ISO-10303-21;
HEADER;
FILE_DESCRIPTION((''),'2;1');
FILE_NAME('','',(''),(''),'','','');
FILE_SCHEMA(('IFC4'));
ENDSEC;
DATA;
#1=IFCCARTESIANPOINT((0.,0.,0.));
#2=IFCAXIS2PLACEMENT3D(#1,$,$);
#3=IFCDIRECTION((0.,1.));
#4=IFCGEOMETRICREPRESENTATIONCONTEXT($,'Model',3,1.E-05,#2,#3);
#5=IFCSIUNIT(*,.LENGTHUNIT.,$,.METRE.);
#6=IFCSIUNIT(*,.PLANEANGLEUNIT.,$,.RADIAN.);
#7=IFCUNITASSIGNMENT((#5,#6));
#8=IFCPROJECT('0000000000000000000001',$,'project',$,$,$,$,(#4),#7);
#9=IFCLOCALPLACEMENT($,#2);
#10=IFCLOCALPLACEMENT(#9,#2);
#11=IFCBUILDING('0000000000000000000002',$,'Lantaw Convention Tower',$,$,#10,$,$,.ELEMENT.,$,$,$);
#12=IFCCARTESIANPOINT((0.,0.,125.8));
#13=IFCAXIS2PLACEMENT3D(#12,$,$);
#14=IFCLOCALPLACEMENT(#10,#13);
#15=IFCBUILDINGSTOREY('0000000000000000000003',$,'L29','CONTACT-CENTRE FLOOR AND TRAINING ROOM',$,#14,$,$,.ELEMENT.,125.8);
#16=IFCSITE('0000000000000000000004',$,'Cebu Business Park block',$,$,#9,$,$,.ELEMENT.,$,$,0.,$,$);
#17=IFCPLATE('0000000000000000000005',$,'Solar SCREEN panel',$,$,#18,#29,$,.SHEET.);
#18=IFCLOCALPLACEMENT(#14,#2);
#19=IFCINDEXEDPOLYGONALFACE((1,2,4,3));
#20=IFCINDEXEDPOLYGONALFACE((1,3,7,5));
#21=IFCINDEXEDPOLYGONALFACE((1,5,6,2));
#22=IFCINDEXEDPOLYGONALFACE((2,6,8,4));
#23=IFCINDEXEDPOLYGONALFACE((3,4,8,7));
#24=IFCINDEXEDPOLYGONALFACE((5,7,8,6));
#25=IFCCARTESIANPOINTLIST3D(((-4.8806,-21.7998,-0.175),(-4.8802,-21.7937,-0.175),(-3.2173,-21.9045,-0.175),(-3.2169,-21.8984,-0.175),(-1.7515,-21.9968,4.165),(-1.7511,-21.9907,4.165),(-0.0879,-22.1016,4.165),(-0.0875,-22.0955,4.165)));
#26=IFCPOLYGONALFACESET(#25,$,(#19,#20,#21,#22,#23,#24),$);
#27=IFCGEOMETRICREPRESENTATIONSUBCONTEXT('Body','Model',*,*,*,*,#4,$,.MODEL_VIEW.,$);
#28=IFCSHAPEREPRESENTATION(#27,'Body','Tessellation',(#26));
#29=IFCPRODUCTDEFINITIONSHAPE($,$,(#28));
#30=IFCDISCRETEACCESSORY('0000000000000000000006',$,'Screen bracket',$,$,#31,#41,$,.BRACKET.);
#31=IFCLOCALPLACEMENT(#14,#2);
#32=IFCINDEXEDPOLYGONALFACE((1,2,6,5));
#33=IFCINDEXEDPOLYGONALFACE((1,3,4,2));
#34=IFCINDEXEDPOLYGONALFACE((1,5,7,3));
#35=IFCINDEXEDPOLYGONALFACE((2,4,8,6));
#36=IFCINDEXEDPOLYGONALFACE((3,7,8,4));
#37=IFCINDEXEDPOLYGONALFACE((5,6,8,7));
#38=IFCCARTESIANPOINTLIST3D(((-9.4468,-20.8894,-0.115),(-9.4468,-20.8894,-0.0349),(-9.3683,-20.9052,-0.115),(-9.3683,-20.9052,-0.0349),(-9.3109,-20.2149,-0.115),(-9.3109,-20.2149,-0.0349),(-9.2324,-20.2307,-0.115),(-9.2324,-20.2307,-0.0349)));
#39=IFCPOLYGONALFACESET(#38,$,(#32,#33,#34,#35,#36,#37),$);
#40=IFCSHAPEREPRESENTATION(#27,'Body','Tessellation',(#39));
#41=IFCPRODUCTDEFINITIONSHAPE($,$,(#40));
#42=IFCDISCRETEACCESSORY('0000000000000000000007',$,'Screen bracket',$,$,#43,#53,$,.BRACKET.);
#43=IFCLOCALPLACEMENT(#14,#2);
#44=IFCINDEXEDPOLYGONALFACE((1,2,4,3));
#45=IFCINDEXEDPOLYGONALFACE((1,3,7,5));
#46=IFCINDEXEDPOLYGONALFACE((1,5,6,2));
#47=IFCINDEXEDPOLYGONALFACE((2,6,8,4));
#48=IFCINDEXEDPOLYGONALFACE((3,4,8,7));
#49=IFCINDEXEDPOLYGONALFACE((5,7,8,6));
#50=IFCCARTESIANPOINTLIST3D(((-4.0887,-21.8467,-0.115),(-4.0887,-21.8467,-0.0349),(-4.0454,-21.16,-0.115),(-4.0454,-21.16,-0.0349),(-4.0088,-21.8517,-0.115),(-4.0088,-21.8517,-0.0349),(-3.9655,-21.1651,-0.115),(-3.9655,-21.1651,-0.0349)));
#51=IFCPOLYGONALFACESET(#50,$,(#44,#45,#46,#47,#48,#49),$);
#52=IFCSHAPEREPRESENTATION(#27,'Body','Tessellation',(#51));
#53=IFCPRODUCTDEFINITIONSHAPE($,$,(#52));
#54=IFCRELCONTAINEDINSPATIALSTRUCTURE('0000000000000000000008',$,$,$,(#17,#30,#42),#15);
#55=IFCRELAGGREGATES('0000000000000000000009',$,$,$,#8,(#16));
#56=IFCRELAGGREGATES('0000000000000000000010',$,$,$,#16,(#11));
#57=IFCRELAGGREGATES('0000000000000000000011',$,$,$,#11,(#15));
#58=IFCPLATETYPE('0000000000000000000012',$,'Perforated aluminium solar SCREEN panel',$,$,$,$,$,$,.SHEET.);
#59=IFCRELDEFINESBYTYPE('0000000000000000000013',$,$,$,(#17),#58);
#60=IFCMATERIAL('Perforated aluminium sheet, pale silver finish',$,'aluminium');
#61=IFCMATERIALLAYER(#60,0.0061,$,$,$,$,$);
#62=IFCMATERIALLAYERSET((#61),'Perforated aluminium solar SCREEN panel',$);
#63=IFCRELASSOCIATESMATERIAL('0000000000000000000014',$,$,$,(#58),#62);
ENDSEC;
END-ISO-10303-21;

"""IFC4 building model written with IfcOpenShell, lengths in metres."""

from ifc_helpers import new_model, si_unit, direction, frame, origin, origin_2d, place, context, subcontext, project, spatial, polyline, rectangle, outline, extrude, material, layer, layer_set, type_object, element, save


model = new_model("IFC4")

# Units and contexts
model_context = context("Model", 3, precision=1e-05, world=origin(), true_north=direction((0.0, 1.0)))
body_context = subcontext(model_context, "Body", "Model", "MODEL_VIEW")
ifc_project = project(units=[si_unit("LENGTHUNIT", "METRE"), si_unit("PLANEANGLEUNIT", "RADIAN")], contexts=[model_context])

# Site, building, storey
site_placement = place(None, origin())
site = spatial("IfcSite", under=ifc_project, at=site_placement, Name="Cebu Business Park block", CompositionType="ELEMENT", RefElevation=0.0)
building_placement = place(site_placement, origin())
building = spatial("IfcBuilding", under=site, at=building_placement, Name="Lantaw Convention Tower", CompositionType="ELEMENT")
storey_placement = place(building_placement, frame((0.0, 0.0, 125.8)))
storey = spatial("IfcBuildingStorey", under=building, at=storey_placement, Name="L29", Description="CONTACT-CENTRE FLOOR AND TRAINING ROOM", CompositionType="ELEMENT", Elevation=125.8)

# Plate
ifc_material_1 = material(Name="Perforated aluminium sheet, pale silver finish", Category="aluminium")
ifc_layer_1 = layer(ifc_material_1, 0.0061)
ifc_layer_set_1 = layer_set([ifc_layer_1], Name="Perforated aluminium solar SCREEN panel")
plate_type_1 = type_object("IfcPlateType", Name="Perforated aluminium solar SCREEN panel", PredefinedType="SHEET", material=ifc_layer_set_1)
plate_1_placement = place(storey_placement, frame((-4.8806, -21.7998, -0.175), z_axis=(-0.062839, -0.998024, 0.000002), x_axis=(0.998024, -0.062839, 0.0)))
element("IfcPlate", 1, at=plate_1_placement, inside=storey, type_object=plate_type_1, Name="Solar SCREEN panel", PredefinedType="SHEET", context=body_context, shape_type="SweptSolid", body=[
    extrude(outline(polyline([(0.0, 0.0), (1.6666, 0.0), (4.8022, 4.3401), (3.1353, 4.3401), (0.0, 0.0)])), origin(), (0.0, 0.0, -1.0), 0.0061),
])

# Discrete accessories
for number, where, z_axis, x_axis, name in (
    (2, (-9.3396, -20.5601, -0.115), (0.0, 0.0, 1.0), (0.980302, -0.197507, 0.0), "Screen bracket"),
    (3, (-4.0271, -21.5059, -0.115), (0.0, 0.0, 1.0), (0.998022, -0.062865, 0.0), "Screen bracket"),
):
    element("IfcDiscreteAccessory", number, at=place(storey_placement, frame(where, z_axis=z_axis, x_axis=x_axis)), inside=storey, Name=name, PredefinedType="BRACKET", context=body_context, shape_type="SweptSolid", body=[
        extrude(rectangle(XDim=0.0801, YDim=0.688, at=origin_2d()), origin(), (0.0, 0.0, 1.0), 0.0801),
    ])

save(model, "model.ifc")
